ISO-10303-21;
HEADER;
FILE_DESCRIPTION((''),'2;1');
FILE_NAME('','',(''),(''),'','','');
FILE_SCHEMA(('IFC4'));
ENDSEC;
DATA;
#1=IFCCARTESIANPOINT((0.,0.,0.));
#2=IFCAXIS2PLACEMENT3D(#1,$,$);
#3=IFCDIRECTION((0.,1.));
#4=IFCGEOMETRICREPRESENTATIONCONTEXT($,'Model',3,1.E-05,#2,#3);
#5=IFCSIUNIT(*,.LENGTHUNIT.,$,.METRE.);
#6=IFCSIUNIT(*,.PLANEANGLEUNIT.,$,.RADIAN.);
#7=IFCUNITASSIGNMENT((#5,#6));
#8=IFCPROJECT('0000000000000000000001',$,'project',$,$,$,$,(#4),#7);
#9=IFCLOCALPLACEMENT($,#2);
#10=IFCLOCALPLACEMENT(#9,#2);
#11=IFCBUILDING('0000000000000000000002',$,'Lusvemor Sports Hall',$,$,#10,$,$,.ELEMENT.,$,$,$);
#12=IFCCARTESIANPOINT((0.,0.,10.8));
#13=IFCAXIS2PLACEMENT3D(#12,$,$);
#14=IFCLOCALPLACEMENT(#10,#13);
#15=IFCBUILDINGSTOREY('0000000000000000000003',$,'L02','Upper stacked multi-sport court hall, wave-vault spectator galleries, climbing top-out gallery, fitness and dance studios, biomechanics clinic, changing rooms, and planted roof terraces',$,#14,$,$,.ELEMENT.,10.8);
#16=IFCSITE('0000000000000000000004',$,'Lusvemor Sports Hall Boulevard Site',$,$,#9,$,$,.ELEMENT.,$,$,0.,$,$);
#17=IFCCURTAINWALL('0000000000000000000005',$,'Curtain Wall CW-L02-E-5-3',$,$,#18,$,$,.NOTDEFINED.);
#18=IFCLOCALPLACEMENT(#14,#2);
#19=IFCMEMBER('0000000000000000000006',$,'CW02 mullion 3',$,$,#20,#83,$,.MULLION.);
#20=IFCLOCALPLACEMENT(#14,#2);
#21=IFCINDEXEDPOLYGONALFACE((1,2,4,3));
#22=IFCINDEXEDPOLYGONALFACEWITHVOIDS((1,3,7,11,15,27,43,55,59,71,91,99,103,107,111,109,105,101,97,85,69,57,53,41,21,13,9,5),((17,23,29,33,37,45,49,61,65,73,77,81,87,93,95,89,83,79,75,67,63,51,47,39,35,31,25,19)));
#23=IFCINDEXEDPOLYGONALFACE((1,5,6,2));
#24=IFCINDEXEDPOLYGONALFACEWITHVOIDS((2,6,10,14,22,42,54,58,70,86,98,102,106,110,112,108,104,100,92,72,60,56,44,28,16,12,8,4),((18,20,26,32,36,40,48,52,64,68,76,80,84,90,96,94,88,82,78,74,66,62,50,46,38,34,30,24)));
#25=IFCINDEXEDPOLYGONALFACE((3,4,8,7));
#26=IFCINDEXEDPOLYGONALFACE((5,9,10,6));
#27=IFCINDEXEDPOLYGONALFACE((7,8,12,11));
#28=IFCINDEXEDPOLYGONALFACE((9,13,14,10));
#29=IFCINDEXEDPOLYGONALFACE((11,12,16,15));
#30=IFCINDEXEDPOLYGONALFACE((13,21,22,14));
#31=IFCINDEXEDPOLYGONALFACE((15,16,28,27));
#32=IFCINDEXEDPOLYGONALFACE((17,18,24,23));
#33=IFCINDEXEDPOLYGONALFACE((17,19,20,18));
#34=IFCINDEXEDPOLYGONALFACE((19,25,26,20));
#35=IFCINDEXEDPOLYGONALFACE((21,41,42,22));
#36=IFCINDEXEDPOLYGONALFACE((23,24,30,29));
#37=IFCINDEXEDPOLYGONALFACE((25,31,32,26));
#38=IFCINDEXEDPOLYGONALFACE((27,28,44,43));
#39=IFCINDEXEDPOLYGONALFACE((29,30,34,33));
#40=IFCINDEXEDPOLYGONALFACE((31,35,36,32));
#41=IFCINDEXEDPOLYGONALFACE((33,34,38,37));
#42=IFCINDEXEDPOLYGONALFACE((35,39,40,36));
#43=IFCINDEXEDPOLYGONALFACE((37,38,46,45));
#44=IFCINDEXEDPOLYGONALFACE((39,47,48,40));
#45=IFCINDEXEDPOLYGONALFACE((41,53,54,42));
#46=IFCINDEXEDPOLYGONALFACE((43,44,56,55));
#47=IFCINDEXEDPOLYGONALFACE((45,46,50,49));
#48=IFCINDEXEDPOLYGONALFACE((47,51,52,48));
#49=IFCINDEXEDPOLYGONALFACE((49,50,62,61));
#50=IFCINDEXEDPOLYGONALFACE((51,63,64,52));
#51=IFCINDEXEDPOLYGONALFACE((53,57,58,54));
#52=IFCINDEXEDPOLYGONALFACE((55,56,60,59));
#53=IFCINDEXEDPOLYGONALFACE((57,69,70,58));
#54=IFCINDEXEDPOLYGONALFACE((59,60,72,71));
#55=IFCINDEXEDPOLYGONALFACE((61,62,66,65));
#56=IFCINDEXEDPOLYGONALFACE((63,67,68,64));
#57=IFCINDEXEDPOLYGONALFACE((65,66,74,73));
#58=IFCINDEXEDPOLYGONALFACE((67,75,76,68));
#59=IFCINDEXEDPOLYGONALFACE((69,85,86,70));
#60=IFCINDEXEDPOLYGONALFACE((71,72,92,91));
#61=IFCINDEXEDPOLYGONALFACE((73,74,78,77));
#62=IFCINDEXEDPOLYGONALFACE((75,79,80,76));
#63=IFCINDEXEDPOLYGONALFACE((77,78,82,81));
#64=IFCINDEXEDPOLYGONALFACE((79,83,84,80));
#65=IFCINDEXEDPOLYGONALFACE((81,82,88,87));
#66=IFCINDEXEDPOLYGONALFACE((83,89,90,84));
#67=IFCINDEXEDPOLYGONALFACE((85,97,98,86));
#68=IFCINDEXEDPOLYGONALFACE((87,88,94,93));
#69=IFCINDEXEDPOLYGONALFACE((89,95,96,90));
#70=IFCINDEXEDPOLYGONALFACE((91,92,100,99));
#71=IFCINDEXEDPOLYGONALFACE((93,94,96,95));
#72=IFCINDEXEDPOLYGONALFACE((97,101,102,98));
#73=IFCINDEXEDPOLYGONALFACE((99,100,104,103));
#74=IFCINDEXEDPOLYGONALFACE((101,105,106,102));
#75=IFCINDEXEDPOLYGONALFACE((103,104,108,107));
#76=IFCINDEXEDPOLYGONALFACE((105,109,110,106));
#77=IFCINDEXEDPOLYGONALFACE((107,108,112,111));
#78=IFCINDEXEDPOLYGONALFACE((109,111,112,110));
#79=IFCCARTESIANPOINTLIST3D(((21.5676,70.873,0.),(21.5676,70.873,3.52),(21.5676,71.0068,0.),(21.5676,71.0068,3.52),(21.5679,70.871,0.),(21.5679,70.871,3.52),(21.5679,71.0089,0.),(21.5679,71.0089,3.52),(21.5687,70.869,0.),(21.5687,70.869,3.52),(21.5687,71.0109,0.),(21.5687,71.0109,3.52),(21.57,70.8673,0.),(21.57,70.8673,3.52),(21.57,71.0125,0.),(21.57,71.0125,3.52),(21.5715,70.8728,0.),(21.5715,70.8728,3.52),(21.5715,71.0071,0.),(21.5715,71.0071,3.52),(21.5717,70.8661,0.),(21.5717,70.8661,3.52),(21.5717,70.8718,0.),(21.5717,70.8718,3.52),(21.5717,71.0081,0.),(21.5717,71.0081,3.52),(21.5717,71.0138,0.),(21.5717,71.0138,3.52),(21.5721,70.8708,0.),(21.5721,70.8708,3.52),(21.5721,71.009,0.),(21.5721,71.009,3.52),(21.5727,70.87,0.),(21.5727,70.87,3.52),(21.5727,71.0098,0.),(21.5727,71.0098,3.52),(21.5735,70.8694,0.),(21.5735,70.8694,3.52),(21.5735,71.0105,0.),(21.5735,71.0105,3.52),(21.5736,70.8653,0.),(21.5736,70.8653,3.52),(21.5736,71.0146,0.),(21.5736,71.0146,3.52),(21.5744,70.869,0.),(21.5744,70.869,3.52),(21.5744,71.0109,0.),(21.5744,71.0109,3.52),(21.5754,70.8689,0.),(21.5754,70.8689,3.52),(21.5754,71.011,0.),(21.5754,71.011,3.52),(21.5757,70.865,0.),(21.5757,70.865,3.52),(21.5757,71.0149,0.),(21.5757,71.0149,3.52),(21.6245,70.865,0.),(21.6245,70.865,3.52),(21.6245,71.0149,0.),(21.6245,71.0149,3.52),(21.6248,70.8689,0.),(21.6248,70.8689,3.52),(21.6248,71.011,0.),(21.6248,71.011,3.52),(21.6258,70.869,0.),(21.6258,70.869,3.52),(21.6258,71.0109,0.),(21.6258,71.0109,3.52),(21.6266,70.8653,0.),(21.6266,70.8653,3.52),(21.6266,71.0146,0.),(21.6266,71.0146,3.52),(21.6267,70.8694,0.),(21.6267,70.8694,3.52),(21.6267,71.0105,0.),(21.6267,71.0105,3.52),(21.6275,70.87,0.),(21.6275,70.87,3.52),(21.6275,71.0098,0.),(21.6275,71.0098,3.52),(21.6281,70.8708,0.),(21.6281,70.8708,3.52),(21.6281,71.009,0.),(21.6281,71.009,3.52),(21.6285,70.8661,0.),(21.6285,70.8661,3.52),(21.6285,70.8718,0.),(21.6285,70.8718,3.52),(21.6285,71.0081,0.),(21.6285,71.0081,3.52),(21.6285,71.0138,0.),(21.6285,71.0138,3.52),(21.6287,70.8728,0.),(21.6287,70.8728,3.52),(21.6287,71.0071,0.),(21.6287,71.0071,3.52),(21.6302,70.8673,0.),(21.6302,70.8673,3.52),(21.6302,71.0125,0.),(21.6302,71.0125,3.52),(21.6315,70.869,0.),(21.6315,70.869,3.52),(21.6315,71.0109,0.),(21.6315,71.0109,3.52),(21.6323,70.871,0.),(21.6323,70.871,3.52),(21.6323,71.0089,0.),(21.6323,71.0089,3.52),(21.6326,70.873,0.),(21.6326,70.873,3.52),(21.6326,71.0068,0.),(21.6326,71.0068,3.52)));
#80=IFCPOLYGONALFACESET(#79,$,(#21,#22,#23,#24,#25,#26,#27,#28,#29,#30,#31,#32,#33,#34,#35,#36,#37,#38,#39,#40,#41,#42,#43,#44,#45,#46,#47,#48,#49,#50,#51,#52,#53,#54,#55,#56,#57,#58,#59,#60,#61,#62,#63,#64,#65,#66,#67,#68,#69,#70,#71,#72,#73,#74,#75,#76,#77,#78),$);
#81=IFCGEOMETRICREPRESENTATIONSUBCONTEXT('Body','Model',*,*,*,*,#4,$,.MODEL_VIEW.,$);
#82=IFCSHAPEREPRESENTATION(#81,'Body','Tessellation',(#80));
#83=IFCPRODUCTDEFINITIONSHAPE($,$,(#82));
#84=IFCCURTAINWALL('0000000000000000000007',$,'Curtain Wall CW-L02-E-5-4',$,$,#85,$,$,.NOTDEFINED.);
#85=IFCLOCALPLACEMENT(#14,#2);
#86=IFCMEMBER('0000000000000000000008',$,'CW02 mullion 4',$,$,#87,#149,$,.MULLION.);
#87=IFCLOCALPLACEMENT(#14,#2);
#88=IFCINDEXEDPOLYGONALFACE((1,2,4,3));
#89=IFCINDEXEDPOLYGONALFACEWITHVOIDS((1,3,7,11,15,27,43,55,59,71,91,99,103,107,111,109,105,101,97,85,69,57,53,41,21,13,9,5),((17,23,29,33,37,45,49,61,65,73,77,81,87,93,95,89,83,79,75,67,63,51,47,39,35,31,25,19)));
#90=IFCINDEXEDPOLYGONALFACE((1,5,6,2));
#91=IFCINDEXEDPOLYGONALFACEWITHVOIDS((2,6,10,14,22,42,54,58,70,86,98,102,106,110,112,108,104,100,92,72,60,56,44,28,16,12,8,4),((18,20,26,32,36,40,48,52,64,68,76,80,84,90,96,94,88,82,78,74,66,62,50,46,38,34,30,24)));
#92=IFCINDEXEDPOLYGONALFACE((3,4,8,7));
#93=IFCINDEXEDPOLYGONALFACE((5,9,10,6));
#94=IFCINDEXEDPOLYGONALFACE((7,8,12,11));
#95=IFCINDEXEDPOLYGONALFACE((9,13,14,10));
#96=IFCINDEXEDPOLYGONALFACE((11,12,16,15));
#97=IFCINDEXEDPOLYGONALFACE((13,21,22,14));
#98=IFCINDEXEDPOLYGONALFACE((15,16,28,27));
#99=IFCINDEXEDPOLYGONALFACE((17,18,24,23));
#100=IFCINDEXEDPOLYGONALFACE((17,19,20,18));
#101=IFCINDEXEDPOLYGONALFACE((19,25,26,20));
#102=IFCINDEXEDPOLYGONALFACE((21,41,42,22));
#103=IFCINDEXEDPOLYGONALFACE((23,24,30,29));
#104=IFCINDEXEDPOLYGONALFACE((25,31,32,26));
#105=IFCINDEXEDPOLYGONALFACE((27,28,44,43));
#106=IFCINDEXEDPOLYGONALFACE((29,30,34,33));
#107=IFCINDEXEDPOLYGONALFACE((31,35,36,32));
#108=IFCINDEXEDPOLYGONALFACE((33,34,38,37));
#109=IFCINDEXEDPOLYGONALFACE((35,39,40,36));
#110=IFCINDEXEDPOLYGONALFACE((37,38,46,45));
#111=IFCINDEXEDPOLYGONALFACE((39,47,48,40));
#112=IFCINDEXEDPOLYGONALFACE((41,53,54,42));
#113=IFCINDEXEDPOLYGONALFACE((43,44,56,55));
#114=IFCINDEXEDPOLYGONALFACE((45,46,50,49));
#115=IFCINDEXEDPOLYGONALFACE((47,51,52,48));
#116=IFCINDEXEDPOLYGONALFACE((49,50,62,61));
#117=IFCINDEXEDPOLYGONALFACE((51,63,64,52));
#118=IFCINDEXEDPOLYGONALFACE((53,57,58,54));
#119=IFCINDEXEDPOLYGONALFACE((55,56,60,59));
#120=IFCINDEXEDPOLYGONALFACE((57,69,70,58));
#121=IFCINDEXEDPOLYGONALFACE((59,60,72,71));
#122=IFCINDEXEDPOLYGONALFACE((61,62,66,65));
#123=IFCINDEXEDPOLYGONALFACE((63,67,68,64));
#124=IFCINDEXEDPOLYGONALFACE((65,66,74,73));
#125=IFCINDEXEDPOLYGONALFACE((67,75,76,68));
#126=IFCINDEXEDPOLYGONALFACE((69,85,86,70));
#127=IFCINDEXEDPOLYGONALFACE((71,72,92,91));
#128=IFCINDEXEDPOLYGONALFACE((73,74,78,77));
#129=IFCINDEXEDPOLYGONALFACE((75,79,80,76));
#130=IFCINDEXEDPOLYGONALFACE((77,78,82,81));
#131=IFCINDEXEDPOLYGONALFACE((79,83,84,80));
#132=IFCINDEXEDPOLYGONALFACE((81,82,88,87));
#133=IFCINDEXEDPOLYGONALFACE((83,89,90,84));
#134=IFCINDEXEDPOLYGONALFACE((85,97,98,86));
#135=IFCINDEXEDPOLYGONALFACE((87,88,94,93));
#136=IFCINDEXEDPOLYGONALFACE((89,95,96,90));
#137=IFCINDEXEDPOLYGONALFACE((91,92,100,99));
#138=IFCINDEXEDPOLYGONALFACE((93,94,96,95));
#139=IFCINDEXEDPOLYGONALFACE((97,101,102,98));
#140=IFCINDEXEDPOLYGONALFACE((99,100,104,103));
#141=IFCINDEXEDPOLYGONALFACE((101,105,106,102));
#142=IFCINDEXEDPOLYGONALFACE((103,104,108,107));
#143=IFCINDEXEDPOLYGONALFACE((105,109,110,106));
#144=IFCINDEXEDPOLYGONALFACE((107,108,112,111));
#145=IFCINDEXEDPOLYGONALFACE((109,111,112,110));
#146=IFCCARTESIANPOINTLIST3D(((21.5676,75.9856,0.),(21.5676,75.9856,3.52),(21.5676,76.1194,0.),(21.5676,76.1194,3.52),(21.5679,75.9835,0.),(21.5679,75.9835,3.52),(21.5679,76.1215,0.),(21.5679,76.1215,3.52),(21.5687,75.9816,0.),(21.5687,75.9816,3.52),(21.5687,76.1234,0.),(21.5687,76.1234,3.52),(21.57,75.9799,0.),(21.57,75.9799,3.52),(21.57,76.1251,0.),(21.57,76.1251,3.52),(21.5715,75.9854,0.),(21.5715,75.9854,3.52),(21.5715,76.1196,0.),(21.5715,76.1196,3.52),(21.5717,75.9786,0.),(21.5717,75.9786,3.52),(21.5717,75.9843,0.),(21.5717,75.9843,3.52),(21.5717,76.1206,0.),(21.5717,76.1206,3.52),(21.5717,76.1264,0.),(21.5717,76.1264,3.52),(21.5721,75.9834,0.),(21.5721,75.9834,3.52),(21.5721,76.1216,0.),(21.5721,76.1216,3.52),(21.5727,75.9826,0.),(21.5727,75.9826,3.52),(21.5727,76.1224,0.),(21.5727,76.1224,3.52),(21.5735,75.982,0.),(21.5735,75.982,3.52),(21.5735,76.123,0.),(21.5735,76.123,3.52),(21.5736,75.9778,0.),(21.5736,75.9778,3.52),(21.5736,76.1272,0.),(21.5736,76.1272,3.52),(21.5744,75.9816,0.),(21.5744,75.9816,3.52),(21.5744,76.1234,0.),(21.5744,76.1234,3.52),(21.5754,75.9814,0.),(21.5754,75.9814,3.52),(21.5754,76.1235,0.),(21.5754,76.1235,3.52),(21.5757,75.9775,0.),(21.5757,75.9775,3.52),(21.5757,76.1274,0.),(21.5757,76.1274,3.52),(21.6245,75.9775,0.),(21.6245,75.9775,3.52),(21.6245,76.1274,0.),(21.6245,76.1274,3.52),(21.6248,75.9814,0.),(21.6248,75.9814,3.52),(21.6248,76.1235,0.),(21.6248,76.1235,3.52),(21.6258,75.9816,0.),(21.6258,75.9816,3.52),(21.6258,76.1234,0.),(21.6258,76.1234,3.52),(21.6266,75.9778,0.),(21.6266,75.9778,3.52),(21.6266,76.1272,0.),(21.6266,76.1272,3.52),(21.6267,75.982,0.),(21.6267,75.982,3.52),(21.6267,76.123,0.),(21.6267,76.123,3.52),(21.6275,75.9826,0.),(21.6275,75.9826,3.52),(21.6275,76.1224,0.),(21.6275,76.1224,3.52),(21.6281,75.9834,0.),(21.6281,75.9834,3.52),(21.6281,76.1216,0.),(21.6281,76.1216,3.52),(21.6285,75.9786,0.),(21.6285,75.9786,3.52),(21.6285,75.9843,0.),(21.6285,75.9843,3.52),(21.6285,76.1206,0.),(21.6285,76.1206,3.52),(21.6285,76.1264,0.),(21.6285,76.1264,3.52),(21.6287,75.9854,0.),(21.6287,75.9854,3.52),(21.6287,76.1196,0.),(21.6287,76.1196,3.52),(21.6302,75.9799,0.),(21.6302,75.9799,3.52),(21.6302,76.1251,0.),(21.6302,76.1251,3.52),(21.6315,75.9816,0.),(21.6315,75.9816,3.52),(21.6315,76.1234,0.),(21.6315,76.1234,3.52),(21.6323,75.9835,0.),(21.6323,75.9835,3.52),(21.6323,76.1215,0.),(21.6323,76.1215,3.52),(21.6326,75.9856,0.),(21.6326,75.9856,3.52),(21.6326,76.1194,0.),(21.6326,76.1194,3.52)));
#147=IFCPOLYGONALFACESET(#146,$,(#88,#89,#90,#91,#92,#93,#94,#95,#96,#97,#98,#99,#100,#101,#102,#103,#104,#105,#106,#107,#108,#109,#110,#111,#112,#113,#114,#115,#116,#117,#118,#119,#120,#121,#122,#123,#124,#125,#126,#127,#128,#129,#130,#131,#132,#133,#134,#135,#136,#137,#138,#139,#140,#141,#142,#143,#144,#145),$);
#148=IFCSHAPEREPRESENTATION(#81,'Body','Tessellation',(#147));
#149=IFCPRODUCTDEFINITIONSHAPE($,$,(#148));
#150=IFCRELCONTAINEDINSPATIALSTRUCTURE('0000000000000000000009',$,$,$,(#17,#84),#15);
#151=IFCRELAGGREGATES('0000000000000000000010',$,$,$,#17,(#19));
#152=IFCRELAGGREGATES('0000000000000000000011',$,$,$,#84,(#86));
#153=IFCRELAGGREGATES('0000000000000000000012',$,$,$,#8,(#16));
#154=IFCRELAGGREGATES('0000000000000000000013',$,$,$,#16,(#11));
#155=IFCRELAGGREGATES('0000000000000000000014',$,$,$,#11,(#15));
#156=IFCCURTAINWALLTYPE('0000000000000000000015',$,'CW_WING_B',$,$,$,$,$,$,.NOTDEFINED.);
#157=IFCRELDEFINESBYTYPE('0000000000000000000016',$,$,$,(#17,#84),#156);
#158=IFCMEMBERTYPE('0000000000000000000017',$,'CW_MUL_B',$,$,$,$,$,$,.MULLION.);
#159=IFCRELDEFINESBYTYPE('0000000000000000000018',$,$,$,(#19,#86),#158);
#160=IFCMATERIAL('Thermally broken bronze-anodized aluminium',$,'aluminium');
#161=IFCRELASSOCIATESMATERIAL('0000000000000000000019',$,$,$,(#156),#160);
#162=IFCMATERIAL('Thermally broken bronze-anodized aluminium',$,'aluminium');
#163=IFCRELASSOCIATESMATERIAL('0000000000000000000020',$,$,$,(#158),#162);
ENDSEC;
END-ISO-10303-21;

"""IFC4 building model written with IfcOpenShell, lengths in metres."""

from ifc_helpers import new_model, si_unit, direction, frame, origin, origin_2d, place, context, subcontext, project, spatial, hollow_rectangle, extrude, material, material_profile, profile_set, type_object, element, aggregate, save


model = new_model("IFC4")

# Units and contexts
model_context = context("Model", 3, precision=1e-05, world=origin(), true_north=direction((0.0, 1.0)))
body_context = subcontext(model_context, "Body", "Model", "MODEL_VIEW")
ifc_project = project(units=[si_unit("LENGTHUNIT", "METRE"), si_unit("PLANEANGLEUNIT", "RADIAN")], contexts=[model_context])

# Site, building, storey
site_placement = place(None, origin())
site = spatial("IfcSite", under=ifc_project, at=site_placement, Name="Lusvemor Sports Hall Boulevard Site", CompositionType="ELEMENT", RefElevation=0.0)
building_placement = place(site_placement, origin())
building = spatial("IfcBuilding", under=site, at=building_placement, Name="Lusvemor Sports Hall", CompositionType="ELEMENT")
storey_placement = place(building_placement, frame((0.0, 0.0, 10.8)))
storey = spatial("IfcBuildingStorey", under=building, at=storey_placement, Name="L02", Description="Upper stacked multi-sport court hall, wave-vault spectator galleries, climbing top-out gallery, fitness and dance studios, biomechanics clinic, changing rooms, and planted roof terraces", CompositionType="ELEMENT", Elevation=10.8)

# Curtain wall, member
ifc_material_1 = material(Name="Thermally broken bronze-anodized aluminium", Category="aluminium")
curtain_wall_type = type_object("IfcCurtainWallType", Name="CW_WING_B", PredefinedType="NOTDEFINED", material=ifc_material_1)
curtain_wall_1_placement = place(storey_placement, origin())
curtain_wall_1 = element("IfcCurtainWall", 1, at=curtain_wall_1_placement, inside=storey, type_object=curtain_wall_type, Name="Curtain Wall CW-L02-E-5-3", PredefinedType="NOTDEFINED")
ifc_material_2 = material(Name="Thermally broken bronze-anodized aluminium", Category="aluminium")
ifc_material_profile_1 = material_profile(ifc_material_2, hollow_rectangle(XDim=0.0649, YDim=0.1499, WallThickness=0.0039, InnerFilletRadius=0.0039, OuterFilletRadius=0.0081, at=origin_2d()), Name="CWMUL150x65x4")
ifc_profile_set_1 = profile_set([ifc_material_profile_1], Name="Thermally broken bronze-anodized aluminium")
member_type_1 = type_object("IfcMemberType", Name="CW_MUL_B", PredefinedType="MULLION", material=ifc_profile_set_1)
member_1_placement = place(storey_placement, frame((21.6001, 70.9399, 0.0), z_axis=(0.0, 0.0, 1.0), x_axis=(1.0, 0.0, 0.0)))
member_1 = element("IfcMember", 2, at=member_1_placement, type_object=member_type_1, Name="CW02 mullion 3", PredefinedType="MULLION", context=body_context, shape_type="SweptSolid", body=[
    extrude(hollow_rectangle(XDim=0.0649, YDim=0.1499, WallThickness=0.0039, InnerFilletRadius=0.0039, OuterFilletRadius=0.0081, at=origin_2d()), origin(), (0.0, 0.0, 1.0), 3.52),
])

# Curtain wall, member
curtain_wall_2_placement = place(storey_placement, origin())
curtain_wall_2 = element("IfcCurtainWall", 3, at=curtain_wall_2_placement, inside=storey, type_object=curtain_wall_type, Name="Curtain Wall CW-L02-E-5-4", PredefinedType="NOTDEFINED")
member_2_placement = place(storey_placement, frame((21.6001, 76.0525, 0.0), z_axis=(0.0, 0.0, 1.0), x_axis=(1.0, 0.0, 0.0)))
member_2 = element("IfcMember", 4, at=member_2_placement, type_object=member_type_1, Name="CW02 mullion 4", PredefinedType="MULLION", context=body_context, shape_type="SweptSolid", body=[
    extrude(hollow_rectangle(XDim=0.0649, YDim=0.1499, WallThickness=0.0039, InnerFilletRadius=0.0039, OuterFilletRadius=0.0081, at=origin_2d()), origin(), (0.0, 0.0, 1.0), 3.52),
])

aggregate(curtain_wall_1, [member_1])
aggregate(curtain_wall_2, [member_2])

save(model, "model.ifc")
